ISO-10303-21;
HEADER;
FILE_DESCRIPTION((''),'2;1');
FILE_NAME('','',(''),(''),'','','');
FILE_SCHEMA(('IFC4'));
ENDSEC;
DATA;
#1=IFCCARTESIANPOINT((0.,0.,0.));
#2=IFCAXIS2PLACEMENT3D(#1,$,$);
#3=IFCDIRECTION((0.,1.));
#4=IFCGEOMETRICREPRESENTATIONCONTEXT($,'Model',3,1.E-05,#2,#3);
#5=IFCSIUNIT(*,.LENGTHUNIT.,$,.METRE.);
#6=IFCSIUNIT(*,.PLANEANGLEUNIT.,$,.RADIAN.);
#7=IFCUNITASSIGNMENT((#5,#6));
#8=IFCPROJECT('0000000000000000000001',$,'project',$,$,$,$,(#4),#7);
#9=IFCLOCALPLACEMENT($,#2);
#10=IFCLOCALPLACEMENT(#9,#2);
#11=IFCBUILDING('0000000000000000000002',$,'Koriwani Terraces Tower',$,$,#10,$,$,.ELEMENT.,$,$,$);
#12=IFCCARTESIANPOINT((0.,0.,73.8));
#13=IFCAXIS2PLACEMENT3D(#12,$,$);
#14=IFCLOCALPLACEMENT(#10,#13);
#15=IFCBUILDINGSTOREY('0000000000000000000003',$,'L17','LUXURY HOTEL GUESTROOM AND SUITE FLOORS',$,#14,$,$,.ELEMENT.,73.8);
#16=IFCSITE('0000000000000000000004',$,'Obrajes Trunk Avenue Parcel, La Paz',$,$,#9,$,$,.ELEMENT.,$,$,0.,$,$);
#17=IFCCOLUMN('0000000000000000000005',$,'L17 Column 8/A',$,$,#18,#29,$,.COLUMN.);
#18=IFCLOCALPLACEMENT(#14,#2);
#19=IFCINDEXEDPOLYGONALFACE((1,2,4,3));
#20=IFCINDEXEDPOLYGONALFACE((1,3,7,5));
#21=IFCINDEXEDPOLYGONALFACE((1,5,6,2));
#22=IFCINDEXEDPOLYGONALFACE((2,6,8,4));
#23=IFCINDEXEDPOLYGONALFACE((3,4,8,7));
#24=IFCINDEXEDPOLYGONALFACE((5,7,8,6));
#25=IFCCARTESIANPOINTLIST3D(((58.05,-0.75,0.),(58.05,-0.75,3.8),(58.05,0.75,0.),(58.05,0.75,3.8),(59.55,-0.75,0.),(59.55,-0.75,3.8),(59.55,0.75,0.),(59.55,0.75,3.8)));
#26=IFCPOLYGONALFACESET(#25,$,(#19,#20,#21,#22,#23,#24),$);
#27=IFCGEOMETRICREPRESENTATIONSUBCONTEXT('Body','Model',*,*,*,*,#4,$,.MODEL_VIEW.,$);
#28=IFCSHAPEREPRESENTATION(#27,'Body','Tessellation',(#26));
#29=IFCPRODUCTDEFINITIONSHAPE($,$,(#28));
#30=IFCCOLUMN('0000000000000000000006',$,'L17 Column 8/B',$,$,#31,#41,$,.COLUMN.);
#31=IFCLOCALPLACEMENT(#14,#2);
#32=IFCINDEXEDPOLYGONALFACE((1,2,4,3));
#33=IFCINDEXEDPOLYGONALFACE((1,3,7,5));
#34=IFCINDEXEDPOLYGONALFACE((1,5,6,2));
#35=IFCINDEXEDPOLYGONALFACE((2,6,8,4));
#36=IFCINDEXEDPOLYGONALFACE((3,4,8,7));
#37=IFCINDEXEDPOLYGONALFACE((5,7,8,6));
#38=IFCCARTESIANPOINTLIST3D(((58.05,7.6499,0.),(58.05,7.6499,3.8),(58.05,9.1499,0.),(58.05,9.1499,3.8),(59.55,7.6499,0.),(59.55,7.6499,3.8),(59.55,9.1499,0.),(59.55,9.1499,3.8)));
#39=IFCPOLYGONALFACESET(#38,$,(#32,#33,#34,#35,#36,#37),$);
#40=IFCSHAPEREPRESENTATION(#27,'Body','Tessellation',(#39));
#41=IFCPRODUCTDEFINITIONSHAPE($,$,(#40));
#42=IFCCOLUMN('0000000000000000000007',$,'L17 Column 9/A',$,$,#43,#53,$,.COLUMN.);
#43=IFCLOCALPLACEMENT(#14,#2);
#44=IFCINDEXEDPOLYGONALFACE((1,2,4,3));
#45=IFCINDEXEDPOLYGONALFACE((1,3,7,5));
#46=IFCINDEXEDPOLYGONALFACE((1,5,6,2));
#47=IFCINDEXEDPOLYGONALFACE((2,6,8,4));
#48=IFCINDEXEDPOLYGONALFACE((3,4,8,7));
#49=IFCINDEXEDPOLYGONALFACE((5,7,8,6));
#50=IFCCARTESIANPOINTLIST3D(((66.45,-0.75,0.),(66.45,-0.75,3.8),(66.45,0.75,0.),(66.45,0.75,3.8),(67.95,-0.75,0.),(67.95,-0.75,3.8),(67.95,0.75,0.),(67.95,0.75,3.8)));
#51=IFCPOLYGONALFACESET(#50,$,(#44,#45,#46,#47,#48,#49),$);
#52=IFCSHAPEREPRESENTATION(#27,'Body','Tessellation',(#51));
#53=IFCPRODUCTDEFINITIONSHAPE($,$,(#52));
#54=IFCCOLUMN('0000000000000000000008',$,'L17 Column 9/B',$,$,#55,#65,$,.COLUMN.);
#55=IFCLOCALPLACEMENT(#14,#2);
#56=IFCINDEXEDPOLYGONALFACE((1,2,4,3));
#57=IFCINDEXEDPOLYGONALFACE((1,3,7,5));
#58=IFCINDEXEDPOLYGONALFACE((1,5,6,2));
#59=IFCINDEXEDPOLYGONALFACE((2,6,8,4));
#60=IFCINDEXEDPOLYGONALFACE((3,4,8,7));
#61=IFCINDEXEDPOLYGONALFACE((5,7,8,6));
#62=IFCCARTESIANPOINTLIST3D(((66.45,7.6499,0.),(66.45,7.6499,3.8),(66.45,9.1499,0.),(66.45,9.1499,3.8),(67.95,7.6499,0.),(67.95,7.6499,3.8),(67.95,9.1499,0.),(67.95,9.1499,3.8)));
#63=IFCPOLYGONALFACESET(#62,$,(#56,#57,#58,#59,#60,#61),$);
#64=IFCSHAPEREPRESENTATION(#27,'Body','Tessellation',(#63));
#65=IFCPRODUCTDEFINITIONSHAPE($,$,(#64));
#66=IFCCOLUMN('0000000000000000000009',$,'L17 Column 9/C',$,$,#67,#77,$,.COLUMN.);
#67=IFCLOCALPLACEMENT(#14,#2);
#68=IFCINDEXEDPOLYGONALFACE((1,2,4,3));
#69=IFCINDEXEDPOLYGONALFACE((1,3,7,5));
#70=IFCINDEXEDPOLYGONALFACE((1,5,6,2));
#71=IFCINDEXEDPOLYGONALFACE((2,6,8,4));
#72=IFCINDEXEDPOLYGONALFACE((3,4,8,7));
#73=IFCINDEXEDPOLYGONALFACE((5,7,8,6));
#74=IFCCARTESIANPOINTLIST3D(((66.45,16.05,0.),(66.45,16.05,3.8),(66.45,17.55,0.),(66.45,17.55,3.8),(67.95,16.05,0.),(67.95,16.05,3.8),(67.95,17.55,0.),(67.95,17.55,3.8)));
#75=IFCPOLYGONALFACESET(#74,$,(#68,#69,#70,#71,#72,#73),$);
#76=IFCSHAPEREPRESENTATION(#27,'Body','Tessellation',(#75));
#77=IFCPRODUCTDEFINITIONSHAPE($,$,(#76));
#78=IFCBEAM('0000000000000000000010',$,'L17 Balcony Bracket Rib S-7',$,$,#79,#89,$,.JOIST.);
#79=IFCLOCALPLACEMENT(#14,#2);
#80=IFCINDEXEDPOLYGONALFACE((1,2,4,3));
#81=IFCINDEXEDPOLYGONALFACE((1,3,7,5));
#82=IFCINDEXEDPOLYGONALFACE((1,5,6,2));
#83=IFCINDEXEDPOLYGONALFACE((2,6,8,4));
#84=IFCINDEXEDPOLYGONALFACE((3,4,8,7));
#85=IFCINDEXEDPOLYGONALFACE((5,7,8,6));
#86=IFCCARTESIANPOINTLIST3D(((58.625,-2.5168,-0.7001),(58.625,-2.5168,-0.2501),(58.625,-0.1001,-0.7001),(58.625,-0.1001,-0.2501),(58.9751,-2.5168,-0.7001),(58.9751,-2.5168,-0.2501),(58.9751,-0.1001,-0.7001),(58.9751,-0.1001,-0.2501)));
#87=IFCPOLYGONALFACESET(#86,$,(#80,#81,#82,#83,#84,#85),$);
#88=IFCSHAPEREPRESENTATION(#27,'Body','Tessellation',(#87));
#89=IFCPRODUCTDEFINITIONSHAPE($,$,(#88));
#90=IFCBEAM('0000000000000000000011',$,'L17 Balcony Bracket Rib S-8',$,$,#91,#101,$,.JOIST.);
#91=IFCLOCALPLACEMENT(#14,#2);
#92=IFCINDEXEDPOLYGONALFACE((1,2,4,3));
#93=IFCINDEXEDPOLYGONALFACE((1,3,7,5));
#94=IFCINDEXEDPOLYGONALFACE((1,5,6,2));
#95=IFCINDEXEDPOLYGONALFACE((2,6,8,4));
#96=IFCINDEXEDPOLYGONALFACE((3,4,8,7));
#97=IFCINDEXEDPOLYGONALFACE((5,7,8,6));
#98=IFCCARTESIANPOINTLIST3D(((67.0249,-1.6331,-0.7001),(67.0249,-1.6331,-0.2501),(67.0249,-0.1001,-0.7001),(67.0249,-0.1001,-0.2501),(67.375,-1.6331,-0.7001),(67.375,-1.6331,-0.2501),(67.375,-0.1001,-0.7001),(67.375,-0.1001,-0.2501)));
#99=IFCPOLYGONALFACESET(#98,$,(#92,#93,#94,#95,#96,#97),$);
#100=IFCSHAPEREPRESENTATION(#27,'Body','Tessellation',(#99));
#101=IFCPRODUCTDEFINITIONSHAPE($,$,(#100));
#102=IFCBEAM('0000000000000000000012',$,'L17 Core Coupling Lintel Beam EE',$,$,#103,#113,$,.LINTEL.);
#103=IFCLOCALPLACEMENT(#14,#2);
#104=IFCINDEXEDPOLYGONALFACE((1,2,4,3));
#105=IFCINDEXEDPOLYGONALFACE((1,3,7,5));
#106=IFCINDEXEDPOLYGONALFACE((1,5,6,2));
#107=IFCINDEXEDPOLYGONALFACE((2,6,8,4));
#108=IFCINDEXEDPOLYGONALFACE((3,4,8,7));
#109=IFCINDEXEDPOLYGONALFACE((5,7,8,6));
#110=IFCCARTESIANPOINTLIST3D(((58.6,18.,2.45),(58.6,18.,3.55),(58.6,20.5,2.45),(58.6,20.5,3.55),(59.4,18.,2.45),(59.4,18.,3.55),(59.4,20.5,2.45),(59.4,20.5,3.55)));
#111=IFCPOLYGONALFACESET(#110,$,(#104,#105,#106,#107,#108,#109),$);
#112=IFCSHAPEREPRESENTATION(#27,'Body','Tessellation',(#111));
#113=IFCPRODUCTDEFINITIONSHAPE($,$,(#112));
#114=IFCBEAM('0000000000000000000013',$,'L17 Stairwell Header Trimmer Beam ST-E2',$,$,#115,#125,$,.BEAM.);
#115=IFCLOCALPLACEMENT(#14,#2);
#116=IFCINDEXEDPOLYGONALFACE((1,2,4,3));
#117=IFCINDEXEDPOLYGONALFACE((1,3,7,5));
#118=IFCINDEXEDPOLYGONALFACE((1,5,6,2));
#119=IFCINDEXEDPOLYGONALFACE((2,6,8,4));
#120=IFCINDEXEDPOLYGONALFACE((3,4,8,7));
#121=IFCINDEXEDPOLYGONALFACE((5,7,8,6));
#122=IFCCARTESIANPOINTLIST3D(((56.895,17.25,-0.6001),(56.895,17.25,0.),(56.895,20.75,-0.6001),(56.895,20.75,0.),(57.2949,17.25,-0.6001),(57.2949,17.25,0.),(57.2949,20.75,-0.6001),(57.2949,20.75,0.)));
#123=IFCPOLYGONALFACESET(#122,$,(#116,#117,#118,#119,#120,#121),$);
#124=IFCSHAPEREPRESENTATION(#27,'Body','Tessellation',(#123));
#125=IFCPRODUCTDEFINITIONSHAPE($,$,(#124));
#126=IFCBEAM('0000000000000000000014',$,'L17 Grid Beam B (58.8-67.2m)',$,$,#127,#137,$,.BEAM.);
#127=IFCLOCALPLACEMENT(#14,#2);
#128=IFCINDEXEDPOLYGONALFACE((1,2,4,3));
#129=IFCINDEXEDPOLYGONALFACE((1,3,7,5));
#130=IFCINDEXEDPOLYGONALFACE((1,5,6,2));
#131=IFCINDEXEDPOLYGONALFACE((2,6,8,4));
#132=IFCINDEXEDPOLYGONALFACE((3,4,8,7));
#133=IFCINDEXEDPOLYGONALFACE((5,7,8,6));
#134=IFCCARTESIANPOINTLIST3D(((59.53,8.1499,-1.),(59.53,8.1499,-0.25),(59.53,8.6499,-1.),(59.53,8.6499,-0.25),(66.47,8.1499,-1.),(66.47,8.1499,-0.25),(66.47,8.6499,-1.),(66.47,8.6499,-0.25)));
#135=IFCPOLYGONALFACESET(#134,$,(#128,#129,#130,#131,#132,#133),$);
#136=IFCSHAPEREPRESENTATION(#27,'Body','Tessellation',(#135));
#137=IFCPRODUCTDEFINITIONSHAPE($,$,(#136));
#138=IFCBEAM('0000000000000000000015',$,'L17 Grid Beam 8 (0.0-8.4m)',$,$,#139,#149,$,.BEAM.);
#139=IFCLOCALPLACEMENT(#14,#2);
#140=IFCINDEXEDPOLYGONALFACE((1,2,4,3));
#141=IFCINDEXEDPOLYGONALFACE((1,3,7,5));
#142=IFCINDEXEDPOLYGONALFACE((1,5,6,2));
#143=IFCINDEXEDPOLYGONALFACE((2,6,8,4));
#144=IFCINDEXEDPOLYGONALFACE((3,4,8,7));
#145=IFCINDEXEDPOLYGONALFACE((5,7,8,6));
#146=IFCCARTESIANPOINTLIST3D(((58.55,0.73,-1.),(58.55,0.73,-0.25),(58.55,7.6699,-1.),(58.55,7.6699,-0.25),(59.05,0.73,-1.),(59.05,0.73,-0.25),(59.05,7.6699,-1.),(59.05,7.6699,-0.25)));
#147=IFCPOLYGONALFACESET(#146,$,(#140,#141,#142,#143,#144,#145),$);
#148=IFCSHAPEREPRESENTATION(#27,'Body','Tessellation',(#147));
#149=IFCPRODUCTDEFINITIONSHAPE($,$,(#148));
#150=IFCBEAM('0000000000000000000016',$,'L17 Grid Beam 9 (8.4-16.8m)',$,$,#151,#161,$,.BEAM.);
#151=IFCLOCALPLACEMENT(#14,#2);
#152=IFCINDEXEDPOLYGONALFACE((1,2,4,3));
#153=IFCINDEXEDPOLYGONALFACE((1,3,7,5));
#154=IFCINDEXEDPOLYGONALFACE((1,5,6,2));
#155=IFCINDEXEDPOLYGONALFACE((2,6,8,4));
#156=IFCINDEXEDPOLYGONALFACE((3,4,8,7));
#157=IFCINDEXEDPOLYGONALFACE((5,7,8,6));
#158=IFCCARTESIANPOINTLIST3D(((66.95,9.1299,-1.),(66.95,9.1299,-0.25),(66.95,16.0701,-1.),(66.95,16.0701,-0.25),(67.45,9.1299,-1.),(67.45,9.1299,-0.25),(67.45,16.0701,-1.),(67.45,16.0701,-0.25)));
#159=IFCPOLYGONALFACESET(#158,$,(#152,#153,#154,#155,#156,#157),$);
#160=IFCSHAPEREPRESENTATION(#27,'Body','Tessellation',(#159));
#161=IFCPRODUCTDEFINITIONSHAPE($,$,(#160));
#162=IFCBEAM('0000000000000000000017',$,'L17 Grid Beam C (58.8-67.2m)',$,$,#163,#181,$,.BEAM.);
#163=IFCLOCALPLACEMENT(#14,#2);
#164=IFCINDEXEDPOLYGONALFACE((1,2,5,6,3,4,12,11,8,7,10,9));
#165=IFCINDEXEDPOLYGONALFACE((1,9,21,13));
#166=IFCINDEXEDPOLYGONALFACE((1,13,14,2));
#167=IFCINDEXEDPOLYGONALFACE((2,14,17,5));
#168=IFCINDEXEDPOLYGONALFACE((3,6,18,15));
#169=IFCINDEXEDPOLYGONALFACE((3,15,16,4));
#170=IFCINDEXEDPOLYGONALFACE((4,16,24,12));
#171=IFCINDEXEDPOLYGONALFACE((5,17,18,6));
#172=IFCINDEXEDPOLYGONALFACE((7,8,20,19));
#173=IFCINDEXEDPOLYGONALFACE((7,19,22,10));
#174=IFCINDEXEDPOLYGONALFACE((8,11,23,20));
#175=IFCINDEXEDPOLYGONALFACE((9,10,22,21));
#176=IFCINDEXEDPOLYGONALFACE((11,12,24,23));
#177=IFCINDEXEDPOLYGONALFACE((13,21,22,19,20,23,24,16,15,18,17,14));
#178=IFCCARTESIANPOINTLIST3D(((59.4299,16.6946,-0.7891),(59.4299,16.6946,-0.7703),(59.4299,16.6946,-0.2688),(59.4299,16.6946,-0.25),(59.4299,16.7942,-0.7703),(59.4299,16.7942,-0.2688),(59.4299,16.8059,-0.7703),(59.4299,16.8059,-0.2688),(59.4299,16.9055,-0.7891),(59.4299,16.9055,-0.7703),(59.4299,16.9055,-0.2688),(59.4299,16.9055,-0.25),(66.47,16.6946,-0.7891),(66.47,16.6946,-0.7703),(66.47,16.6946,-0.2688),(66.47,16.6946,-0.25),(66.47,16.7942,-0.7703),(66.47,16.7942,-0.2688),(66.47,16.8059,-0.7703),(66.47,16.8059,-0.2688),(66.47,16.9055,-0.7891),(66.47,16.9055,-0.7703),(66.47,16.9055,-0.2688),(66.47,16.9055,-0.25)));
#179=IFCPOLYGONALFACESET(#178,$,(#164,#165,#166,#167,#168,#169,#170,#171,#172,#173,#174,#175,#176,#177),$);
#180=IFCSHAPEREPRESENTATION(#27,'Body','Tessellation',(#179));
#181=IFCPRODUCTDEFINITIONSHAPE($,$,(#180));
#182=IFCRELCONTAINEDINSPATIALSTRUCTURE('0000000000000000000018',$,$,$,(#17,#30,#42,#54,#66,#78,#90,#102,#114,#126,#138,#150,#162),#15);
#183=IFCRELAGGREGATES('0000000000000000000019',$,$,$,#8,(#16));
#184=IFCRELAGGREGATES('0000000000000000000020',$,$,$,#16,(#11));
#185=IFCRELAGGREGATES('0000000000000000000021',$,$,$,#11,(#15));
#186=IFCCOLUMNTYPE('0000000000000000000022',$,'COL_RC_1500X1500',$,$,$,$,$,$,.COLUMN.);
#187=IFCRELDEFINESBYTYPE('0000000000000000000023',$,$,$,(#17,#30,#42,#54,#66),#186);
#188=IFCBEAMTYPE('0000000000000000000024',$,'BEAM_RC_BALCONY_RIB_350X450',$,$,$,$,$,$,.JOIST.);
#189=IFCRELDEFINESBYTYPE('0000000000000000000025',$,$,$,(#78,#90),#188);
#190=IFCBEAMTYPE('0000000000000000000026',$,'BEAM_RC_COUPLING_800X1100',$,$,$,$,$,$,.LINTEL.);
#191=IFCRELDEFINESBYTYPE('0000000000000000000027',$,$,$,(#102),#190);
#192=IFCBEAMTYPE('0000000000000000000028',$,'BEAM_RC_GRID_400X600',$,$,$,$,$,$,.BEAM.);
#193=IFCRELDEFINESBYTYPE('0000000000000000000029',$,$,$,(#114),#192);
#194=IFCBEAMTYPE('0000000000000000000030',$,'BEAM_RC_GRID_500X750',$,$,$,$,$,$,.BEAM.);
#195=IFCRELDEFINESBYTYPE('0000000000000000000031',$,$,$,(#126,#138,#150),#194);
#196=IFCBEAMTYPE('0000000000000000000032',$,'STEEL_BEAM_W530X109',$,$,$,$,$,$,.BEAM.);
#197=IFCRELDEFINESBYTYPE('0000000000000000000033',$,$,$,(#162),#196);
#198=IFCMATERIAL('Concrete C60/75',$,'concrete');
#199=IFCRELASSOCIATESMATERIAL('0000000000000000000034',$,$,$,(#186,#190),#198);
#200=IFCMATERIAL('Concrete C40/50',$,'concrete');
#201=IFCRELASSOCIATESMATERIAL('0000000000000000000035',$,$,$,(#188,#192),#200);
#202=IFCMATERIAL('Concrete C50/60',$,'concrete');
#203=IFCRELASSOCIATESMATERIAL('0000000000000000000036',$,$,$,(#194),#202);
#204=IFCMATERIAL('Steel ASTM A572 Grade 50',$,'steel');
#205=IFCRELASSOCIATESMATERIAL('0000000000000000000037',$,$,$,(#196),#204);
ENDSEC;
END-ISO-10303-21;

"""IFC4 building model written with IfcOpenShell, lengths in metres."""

from ifc_helpers import new_model, si_unit, direction, frame, origin, origin_2d, place, context, subcontext, project, spatial, rectangle, i_section, extrude, material, material_profile, profile_set, type_object, element, save


model = new_model("IFC4")

# Units and contexts
model_context = context("Model", 3, precision=1e-05, world=origin(), true_north=direction((0.0, 1.0)))
body_context = subcontext(model_context, "Body", "Model", "MODEL_VIEW")
ifc_project = project(units=[si_unit("LENGTHUNIT", "METRE"), si_unit("PLANEANGLEUNIT", "RADIAN")], contexts=[model_context])

# Site, building, storey
site_placement = place(None, origin())
site = spatial("IfcSite", under=ifc_project, at=site_placement, Name="Obrajes Trunk Avenue Parcel, La Paz", CompositionType="ELEMENT", RefElevation=0.0)
building_placement = place(site_placement, origin())
building = spatial("IfcBuilding", under=site, at=building_placement, Name="Koriwani Terraces Tower", CompositionType="ELEMENT")
storey_placement = place(building_placement, frame((0.0, 0.0, 73.8)))
storey = spatial("IfcBuildingStorey", under=building, at=storey_placement, Name="L17", Description="LUXURY HOTEL GUESTROOM AND SUITE FLOORS", CompositionType="ELEMENT", Elevation=73.8)

# Columns
ifc_material_1 = material(Name="Concrete C60/75", Category="concrete")
ifc_material_profile_1 = material_profile(ifc_material_1, rectangle(XDim=1.5, YDim=1.5, at=origin_2d()), Name="Concrete C60/75", Category="LoadBearing")
ifc_profile_set_1 = profile_set([ifc_material_profile_1], Name="Concrete C60/75")
column_type = type_object("IfcColumnType", Name="COL_RC_1500X1500", PredefinedType="COLUMN", material=ifc_profile_set_1)
for number, where, z_axis, x_axis, name in (
    (1, (58.8, 0.0, 0.0), (0.0, 0.0, 1.0), (1.0, 0.0, 0.0), "L17 Column 8/A"),
    (2, (58.8, 8.3999, 0.0), (0.0, 0.0, 1.0), (1.0, 0.0, 0.0), "L17 Column 8/B"),
    (3, (67.2, 0.0, 0.0), (0.0, 0.0, 1.0), (1.0, 0.0, 0.0), "L17 Column 9/A"),
    (4, (67.2, 8.3999, 0.0), (0.0, 0.0, 1.0), (1.0, 0.0, 0.0), "L17 Column 9/B"),
    (5, (67.2, 16.8, 0.0), (0.0, 0.0, 1.0), (1.0, 0.0, 0.0), "L17 Column 9/C"),
):
    element("IfcColumn", number, at=place(storey_placement, frame(where, z_axis=z_axis, x_axis=x_axis)), inside=storey, type_object=column_type, Name=name, PredefinedType="COLUMN", context=body_context, shape_type="SweptSolid", body=[
        extrude(rectangle(XDim=1.5, YDim=1.5, at=origin_2d()), origin(), (0.0, 0.0, 1.0), 3.8),
    ])

# Beams
ifc_material_2 = material(Name="Concrete C40/50", Category="concrete")
ifc_material_profile_2 = material_profile(ifc_material_2, rectangle(XDim=0.3501, YDim=0.45, at=origin_2d()), Name="Concrete C40/50", Category="LoadBearing")
ifc_profile_set_2 = profile_set([ifc_material_profile_2], Name="Concrete C40/50")
beam_type_1 = type_object("IfcBeamType", Name="BEAM_RC_BALCONY_RIB_350X450", PredefinedType="JOIST", material=ifc_profile_set_2)
beam_1_placement = place(storey_placement, frame((58.8, -2.5168, -0.4751), z_axis=(0.0, 1.0, 0.0), x_axis=(-1.0, 0.0, 0.0)))
element("IfcBeam", 6, at=beam_1_placement, inside=storey, type_object=beam_type_1, Name="L17 Balcony Bracket Rib S-7", PredefinedType="JOIST", context=body_context, shape_type="SweptSolid", body=[
    extrude(rectangle(XDim=0.3501, YDim=0.45, at=origin_2d()), origin(), (0.0, 0.0, 1.0), 2.4167),
])
beam_2_placement = place(storey_placement, frame((67.2, -1.6331, -0.4751), z_axis=(0.0, 1.0, 0.0), x_axis=(-1.0, 0.0, 0.0)))
element("IfcBeam", 7, at=beam_2_placement, inside=storey, type_object=beam_type_1, Name="L17 Balcony Bracket Rib S-8", PredefinedType="JOIST", context=body_context, shape_type="SweptSolid", body=[
    extrude(rectangle(XDim=0.3501, YDim=0.45, at=origin_2d()), origin(), (0.0, 0.0, 1.0), 1.533),
])
ifc_material_profile_3 = material_profile(ifc_material_1, rectangle(XDim=0.8, YDim=1.1001, at=origin_2d()), Name="Concrete C60/75", Category="LoadBearing")
ifc_profile_set_3 = profile_set([ifc_material_profile_3], Name="Concrete C60/75")
beam_type_2 = type_object("IfcBeamType", Name="BEAM_RC_COUPLING_800X1100", PredefinedType="LINTEL", material=ifc_profile_set_3)
beam_3_placement = place(storey_placement, frame((59.0, 18.0, 3.0), z_axis=(0.0, 1.0, 0.0), x_axis=(-1.0, 0.0, 0.0)))
element("IfcBeam", 8, at=beam_3_placement, inside=storey, type_object=beam_type_2, Name="L17 Core Coupling Lintel Beam EE", PredefinedType="LINTEL", context=body_context, shape_type="SweptSolid", body=[
    extrude(rectangle(XDim=0.8, YDim=1.1001, at=origin_2d()), origin(), (0.0, 0.0, 1.0), 2.5),
])
ifc_material_profile_4 = material_profile(ifc_material_2, rectangle(XDim=0.3999, YDim=0.6001, at=origin_2d()), Name="Concrete C40/50", Category="LoadBearing")
ifc_profile_set_4 = profile_set([ifc_material_profile_4], Name="Concrete C40/50")
beam_type_3 = type_object("IfcBeamType", Name="BEAM_RC_GRID_400X600", PredefinedType="BEAM", material=ifc_profile_set_4)
beam_4_placement = place(storey_placement, frame((57.095, 17.25, -0.3), z_axis=(0.0, 1.0, 0.0), x_axis=(-1.0, 0.0, 0.0)))
element("IfcBeam", 9, at=beam_4_placement, inside=storey, type_object=beam_type_3, Name="L17 Stairwell Header Trimmer Beam ST-E2", PredefinedType="BEAM", context=body_context, shape_type="SweptSolid", body=[
    extrude(rectangle(XDim=0.3999, YDim=0.6001, at=origin_2d()), origin(), (0.0, 0.0, 1.0), 3.5),
])
ifc_material_3 = material(Name="Concrete C50/60", Category="concrete")
ifc_material_profile_5 = material_profile(ifc_material_3, rectangle(XDim=0.5, YDim=0.75, at=origin_2d()), Name="Concrete C50/60", Category="LoadBearing")
ifc_profile_set_5 = profile_set([ifc_material_profile_5], Name="Concrete C50/60")
beam_type_4 = type_object("IfcBeamType", Name="BEAM_RC_GRID_500X750", PredefinedType="BEAM", material=ifc_profile_set_5)
for number, where, z_axis, x_axis, name in (
    (10, (59.53, 8.3999, -0.625), (1.0, 0.0, 0.0), (0.0, 1.0, 0.0), "L17 Grid Beam B (58.8-67.2m)"),
    (11, (58.8, 0.73, -0.625), (0.0, 1.0, 0.0), (-1.0, 0.0, 0.0), "L17 Grid Beam 8 (0.0-8.4m)"),
):
    element("IfcBeam", number, at=place(storey_placement, frame(where, z_axis=z_axis, x_axis=x_axis)), inside=storey, type_object=beam_type_4, Name=name, PredefinedType="BEAM", context=body_context, shape_type="SweptSolid", body=[
        extrude(rectangle(XDim=0.5, YDim=0.75, at=origin_2d()), origin(), (0.0, 0.0, 1.0), 6.9399),
    ])
beam_5_placement = place(storey_placement, frame((67.2, 9.1299, -0.625), z_axis=(0.0, 1.0, 0.0), x_axis=(-1.0, 0.0, 0.0)))
element("IfcBeam", 12, at=beam_5_placement, inside=storey, type_object=beam_type_4, Name="L17 Grid Beam 9 (8.4-16.8m)", PredefinedType="BEAM", context=body_context, shape_type="SweptSolid", body=[
    extrude(rectangle(XDim=0.5, YDim=0.75, at=origin_2d()), origin(), (0.0, 0.0, 1.0), 6.9402),
])
ifc_material_4 = material(Name="Steel ASTM A572 Grade 50", Category="steel")
ifc_material_profile_6 = material_profile(ifc_material_4, i_section(OverallWidth=0.2109, OverallDepth=0.5391, WebThickness=0.0117, FlangeThickness=0.0188, at=origin_2d()), Name="Steel ASTM A572 Grade 50", Category="LoadBearing")
ifc_profile_set_6 = profile_set([ifc_material_profile_6], Name="Steel ASTM A572 Grade 50")
beam_type_5 = type_object("IfcBeamType", Name="STEEL_BEAM_W530X109", PredefinedType="BEAM", material=ifc_profile_set_6)
beam_6_placement = place(storey_placement, frame((59.4299, 16.8, -0.5195), z_axis=(1.0, 0.0, 0.0), x_axis=(0.0, 1.0, 0.0)))
element("IfcBeam", 13, at=beam_6_placement, inside=storey, type_object=beam_type_5, Name="L17 Grid Beam C (58.8-67.2m)", PredefinedType="BEAM", context=body_context, shape_type="SweptSolid", body=[
    extrude(i_section(OverallWidth=0.2109, OverallDepth=0.5391, WebThickness=0.0117, FlangeThickness=0.0188, at=origin_2d()), origin(), (0.0, 0.0, 1.0), 7.04),
])

save(model, "model.ifc")
